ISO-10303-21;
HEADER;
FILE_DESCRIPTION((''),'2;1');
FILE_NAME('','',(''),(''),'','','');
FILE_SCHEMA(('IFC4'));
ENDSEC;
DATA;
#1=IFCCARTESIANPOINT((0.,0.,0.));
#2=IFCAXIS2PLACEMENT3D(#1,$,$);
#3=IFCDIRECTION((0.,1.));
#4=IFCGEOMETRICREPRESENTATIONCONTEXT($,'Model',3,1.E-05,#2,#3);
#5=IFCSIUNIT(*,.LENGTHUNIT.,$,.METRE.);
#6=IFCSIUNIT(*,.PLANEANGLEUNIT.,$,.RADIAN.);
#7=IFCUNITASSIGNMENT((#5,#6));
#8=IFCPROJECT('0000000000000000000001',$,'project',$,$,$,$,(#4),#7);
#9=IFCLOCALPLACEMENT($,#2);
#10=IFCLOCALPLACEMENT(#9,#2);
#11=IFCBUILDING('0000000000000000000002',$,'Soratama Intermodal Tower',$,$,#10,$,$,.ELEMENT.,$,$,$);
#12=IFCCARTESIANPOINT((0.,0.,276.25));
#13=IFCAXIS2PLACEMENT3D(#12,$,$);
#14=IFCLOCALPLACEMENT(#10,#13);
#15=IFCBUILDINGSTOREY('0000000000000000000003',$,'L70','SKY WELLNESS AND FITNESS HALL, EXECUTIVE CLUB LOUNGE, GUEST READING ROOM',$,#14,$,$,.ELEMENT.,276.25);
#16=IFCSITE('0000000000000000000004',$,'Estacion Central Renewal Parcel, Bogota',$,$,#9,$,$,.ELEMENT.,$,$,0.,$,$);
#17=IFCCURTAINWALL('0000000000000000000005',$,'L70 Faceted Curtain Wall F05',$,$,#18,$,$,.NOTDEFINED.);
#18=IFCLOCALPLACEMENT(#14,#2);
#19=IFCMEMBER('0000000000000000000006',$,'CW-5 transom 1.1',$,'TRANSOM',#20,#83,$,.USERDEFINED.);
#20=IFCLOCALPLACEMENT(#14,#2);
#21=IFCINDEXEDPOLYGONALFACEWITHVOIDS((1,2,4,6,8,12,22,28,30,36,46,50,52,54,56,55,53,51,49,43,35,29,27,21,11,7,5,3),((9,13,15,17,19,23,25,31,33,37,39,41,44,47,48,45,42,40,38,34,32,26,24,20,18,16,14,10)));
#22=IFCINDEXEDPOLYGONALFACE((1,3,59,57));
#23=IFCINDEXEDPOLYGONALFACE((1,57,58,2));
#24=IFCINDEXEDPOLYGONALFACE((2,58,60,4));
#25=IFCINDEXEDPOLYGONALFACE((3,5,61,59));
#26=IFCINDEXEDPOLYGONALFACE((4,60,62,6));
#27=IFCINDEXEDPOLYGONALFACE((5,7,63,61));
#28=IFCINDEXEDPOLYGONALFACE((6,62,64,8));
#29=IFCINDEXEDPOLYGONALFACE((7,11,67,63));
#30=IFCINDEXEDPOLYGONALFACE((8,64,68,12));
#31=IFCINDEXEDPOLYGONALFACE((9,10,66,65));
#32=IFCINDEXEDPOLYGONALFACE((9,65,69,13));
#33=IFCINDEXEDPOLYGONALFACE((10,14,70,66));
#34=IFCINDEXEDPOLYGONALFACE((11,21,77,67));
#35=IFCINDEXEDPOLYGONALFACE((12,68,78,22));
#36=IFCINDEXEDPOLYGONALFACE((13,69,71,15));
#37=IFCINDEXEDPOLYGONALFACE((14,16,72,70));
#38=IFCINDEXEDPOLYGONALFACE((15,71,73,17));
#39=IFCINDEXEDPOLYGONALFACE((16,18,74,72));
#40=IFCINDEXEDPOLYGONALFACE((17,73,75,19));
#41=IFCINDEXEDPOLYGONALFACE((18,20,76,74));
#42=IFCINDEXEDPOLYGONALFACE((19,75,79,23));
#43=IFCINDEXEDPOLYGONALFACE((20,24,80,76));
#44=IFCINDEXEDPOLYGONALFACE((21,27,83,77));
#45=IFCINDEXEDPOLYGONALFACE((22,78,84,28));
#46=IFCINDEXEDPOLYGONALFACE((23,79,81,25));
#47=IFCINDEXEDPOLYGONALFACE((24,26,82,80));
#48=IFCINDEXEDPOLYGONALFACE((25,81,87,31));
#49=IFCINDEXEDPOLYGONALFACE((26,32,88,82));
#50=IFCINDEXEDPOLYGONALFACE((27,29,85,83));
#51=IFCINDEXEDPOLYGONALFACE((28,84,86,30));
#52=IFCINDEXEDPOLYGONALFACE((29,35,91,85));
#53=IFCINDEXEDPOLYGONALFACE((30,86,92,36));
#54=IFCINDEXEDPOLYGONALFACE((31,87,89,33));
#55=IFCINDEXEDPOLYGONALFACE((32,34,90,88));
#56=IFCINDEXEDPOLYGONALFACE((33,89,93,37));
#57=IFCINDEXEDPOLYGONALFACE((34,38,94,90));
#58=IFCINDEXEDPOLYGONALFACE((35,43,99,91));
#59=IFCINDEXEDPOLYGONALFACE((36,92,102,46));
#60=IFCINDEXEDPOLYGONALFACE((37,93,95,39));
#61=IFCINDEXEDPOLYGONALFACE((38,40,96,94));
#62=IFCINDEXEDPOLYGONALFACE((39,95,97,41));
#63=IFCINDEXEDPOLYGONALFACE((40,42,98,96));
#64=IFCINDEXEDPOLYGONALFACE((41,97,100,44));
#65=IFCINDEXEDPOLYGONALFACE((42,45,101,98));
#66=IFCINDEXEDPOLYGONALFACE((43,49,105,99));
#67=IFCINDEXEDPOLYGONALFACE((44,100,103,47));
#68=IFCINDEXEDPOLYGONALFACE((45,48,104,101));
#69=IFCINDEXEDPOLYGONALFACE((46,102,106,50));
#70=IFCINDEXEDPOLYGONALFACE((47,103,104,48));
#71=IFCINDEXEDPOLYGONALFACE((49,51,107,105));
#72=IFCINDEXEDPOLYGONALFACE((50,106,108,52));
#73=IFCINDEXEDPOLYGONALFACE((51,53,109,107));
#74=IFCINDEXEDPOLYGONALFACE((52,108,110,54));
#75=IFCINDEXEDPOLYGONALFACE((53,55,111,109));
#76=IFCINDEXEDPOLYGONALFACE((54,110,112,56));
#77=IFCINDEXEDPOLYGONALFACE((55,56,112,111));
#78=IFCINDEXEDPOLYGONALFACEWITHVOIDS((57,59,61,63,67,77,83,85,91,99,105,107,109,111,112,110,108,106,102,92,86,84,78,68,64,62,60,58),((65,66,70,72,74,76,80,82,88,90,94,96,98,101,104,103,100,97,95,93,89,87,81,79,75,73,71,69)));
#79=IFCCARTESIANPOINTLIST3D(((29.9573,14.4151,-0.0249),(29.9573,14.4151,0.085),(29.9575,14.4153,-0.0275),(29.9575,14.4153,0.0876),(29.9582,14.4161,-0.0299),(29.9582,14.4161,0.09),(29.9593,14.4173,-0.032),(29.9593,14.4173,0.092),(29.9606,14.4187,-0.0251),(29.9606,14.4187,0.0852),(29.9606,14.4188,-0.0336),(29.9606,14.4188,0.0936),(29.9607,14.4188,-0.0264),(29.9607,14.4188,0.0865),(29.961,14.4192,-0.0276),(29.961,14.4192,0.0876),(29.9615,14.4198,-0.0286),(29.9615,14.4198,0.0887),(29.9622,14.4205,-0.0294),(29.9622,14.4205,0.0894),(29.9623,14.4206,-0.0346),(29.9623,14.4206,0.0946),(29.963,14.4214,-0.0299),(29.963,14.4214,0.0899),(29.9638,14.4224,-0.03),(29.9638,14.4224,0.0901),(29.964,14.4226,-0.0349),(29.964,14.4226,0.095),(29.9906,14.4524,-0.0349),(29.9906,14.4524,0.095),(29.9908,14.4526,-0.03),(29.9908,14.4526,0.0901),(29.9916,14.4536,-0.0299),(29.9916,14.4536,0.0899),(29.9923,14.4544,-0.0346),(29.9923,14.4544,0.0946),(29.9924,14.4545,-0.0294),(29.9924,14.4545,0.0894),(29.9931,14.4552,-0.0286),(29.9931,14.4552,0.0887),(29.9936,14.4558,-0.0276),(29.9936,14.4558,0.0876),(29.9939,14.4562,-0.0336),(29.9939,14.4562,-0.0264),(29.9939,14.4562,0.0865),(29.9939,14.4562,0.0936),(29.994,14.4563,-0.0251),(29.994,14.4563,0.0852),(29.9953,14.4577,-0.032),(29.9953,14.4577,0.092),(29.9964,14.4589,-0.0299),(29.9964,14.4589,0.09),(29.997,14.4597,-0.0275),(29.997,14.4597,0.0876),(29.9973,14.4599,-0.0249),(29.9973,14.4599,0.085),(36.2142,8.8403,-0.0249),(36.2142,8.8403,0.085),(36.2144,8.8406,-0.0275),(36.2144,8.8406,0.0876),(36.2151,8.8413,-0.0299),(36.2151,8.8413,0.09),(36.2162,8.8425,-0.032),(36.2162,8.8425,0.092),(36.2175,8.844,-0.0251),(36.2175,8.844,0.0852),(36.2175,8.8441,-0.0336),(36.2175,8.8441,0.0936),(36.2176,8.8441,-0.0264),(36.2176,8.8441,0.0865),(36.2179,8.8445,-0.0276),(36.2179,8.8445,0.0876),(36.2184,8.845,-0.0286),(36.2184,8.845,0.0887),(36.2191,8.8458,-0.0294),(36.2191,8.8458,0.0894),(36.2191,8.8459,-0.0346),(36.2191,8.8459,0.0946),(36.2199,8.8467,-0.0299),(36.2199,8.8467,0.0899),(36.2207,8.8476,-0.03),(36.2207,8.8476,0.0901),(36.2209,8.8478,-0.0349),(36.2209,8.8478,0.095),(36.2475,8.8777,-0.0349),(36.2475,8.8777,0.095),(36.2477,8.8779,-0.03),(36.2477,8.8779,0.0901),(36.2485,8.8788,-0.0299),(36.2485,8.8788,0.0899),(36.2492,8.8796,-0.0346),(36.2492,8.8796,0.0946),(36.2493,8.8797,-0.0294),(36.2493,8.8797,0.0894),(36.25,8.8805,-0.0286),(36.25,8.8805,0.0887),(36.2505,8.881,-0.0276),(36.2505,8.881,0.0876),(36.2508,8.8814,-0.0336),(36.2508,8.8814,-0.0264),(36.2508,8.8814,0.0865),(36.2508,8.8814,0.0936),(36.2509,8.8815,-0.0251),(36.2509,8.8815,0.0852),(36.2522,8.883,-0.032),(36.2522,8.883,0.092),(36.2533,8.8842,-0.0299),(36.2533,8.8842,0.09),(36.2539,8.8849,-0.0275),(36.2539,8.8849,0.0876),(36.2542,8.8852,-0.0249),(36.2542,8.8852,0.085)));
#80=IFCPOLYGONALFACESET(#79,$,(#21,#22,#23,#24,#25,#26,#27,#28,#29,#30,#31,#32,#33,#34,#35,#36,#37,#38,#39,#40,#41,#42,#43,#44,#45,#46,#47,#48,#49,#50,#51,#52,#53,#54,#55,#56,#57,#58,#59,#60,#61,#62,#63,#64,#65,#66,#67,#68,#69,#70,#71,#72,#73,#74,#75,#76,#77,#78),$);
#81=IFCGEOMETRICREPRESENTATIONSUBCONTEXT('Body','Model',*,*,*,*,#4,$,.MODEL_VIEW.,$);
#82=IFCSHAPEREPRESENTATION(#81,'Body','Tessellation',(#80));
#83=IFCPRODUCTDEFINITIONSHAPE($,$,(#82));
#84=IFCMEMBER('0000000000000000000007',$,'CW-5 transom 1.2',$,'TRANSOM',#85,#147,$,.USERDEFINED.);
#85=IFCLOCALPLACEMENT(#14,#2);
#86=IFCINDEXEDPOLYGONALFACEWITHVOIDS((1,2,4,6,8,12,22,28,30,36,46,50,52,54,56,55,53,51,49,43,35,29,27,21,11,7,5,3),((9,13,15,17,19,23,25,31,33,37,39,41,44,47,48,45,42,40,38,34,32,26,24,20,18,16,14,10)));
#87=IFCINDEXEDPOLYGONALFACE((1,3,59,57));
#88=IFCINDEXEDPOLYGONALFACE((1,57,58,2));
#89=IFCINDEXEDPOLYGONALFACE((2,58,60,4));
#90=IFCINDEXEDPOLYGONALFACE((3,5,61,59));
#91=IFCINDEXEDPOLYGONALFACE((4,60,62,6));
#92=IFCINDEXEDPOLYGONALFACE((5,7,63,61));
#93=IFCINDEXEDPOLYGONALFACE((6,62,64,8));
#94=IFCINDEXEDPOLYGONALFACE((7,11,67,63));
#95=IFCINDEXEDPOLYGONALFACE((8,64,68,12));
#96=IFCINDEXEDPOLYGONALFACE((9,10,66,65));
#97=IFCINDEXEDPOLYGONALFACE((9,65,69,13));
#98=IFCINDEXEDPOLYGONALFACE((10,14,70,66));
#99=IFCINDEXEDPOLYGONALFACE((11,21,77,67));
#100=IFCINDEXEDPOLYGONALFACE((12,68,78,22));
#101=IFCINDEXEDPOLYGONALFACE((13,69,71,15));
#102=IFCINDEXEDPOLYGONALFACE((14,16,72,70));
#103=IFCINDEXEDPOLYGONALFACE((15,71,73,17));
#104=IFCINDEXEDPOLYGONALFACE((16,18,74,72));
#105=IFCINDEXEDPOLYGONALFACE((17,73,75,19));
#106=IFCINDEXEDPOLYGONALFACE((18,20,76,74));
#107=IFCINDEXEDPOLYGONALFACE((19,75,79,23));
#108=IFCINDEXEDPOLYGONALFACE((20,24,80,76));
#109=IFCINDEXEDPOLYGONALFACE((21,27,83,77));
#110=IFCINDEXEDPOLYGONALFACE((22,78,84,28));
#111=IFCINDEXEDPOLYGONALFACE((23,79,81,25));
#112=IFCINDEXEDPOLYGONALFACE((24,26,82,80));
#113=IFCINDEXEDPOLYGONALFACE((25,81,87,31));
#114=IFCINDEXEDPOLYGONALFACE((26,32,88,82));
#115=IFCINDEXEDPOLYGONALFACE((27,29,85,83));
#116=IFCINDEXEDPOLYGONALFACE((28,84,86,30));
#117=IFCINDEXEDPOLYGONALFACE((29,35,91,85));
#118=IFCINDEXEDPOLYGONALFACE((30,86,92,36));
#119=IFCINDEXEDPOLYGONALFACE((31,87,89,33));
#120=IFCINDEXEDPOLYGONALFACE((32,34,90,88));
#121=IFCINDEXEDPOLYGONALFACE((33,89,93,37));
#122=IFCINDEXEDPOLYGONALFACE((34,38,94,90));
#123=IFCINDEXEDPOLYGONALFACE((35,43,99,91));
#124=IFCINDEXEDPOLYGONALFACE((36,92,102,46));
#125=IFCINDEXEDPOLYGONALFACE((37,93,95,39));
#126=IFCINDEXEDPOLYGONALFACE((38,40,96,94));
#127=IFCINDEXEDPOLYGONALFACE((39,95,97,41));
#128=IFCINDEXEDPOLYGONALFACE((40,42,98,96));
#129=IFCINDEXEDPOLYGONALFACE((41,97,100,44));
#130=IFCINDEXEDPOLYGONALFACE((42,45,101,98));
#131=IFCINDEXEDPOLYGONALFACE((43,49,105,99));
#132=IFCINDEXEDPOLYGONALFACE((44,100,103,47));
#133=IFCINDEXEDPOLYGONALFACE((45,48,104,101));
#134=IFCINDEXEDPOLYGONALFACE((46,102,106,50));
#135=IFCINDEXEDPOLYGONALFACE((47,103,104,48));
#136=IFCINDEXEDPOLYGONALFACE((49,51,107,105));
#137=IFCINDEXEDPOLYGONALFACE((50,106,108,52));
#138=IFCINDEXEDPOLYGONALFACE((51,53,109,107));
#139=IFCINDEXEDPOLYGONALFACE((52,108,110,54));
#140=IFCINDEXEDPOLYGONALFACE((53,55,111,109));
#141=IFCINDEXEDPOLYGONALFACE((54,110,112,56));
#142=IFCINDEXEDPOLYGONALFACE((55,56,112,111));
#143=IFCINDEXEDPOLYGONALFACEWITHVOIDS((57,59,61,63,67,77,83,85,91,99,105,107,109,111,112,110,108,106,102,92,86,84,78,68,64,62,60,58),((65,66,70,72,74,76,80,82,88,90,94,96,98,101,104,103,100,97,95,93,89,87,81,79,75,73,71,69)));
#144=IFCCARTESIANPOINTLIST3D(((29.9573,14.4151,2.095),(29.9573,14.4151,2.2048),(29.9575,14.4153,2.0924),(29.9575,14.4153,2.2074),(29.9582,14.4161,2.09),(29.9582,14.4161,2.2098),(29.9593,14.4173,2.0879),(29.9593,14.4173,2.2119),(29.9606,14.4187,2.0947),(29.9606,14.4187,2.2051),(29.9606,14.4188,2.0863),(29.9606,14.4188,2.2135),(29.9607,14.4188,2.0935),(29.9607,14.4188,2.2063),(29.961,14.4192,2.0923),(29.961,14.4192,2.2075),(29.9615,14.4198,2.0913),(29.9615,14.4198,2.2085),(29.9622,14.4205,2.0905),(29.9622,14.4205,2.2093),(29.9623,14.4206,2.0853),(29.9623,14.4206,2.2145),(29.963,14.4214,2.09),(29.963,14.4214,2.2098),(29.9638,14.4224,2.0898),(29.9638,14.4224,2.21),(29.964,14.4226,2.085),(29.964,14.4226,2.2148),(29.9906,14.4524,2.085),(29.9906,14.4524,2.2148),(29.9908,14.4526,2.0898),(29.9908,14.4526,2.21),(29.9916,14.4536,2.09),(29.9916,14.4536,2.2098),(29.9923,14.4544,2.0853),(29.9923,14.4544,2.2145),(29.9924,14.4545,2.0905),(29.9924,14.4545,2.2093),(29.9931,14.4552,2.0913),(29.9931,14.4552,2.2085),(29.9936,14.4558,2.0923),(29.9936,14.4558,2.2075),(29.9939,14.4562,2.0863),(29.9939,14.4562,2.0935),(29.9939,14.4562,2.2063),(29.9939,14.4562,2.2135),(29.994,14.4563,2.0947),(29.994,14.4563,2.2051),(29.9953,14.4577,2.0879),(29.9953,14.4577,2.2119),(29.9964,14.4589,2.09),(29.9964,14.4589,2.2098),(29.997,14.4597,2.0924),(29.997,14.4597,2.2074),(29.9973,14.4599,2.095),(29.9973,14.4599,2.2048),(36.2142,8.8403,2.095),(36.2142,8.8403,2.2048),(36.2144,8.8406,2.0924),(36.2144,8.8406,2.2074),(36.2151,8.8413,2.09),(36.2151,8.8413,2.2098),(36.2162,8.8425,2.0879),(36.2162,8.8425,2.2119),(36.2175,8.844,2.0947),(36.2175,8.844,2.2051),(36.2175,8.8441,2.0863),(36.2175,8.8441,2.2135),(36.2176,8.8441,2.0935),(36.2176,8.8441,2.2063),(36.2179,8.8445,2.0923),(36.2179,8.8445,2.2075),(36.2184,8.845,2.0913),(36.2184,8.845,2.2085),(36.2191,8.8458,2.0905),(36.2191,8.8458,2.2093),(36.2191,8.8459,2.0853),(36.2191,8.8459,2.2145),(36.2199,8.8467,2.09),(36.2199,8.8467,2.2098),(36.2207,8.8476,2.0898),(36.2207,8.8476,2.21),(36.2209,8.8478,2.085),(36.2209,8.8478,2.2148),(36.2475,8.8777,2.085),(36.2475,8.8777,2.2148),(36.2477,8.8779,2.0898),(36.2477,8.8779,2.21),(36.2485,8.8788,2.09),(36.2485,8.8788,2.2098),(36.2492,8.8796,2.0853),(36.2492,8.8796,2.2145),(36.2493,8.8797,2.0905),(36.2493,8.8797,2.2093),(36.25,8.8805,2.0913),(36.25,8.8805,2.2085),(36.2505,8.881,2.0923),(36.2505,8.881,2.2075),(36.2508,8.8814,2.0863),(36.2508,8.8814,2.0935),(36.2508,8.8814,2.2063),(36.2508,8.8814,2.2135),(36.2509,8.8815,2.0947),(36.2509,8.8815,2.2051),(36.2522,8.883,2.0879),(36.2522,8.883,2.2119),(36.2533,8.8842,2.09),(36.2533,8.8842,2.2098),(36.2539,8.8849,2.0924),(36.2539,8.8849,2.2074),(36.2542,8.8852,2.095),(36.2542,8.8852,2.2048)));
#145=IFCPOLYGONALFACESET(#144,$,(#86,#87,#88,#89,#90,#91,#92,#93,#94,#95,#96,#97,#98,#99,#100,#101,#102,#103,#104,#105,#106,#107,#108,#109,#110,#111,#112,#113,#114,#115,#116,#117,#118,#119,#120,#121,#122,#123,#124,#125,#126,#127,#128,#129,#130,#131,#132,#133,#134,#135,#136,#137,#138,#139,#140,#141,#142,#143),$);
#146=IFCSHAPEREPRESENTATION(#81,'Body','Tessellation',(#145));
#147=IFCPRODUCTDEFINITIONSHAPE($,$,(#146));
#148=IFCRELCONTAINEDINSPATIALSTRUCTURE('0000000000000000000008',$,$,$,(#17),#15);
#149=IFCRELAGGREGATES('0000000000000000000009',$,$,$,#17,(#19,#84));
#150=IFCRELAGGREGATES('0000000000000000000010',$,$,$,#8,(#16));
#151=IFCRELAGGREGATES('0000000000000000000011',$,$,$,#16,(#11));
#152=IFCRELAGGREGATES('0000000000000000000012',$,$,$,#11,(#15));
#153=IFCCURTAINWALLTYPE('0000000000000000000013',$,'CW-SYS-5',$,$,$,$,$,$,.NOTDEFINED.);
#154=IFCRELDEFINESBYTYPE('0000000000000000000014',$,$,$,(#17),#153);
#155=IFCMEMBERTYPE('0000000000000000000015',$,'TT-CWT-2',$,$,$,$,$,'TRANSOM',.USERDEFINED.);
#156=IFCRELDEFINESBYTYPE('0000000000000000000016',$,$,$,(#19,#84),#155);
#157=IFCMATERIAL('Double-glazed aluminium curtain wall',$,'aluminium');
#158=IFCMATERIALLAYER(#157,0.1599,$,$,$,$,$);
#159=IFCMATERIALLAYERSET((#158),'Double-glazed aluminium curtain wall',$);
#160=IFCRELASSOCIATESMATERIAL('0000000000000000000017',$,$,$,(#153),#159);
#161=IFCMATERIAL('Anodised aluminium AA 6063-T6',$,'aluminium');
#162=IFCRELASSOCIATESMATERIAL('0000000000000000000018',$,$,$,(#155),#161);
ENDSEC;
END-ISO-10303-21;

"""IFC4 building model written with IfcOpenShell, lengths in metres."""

from ifc_helpers import new_model, si_unit, direction, frame, origin, origin_2d, place, context, subcontext, project, spatial, hollow_rectangle, extrude, material, layer, layer_set, material_profile, profile_set, type_object, element, aggregate, save


model = new_model("IFC4")

# Units and contexts
model_context = context("Model", 3, precision=1e-05, world=origin(), true_north=direction((0.0, 1.0)))
body_context = subcontext(model_context, "Body", "Model", "MODEL_VIEW")
ifc_project = project(units=[si_unit("LENGTHUNIT", "METRE"), si_unit("PLANEANGLEUNIT", "RADIAN")], contexts=[model_context])

# Site, building, storey
site_placement = place(None, origin())
site = spatial("IfcSite", under=ifc_project, at=site_placement, Name="Estacion Central Renewal Parcel, Bogota", CompositionType="ELEMENT", RefElevation=0.0)
building_placement = place(site_placement, origin())
building = spatial("IfcBuilding", under=site, at=building_placement, Name="Soratama Intermodal Tower", CompositionType="ELEMENT")
storey_placement = place(building_placement, frame((0.0, 0.0, 276.25)))
storey = spatial("IfcBuildingStorey", under=building, at=storey_placement, Name="L70", Description="SKY WELLNESS AND FITNESS HALL, EXECUTIVE CLUB LOUNGE, GUEST READING ROOM", CompositionType="ELEMENT", Elevation=276.25)

# Shared definitions
ifc_material_1 = material(Name="Double-glazed aluminium curtain wall", Category="aluminium")
ifc_layer_1 = layer(ifc_material_1, 0.1599)
ifc_layer_set_1 = layer_set([ifc_layer_1], Name="Double-glazed aluminium curtain wall")
curtain_wall_type = type_object("IfcCurtainWallType", Name="CW-SYS-5", PredefinedType="NOTDEFINED", material=ifc_layer_set_1)

# Curtain wall, members
curtain_wall_1_placement = place(storey_placement, origin())
curtain_wall_1 = element("IfcCurtainWall", 1, at=curtain_wall_1_placement, inside=storey, type_object=curtain_wall_type, Name="L70 Faceted Curtain Wall F05", PredefinedType="NOTDEFINED")
ifc_material_2 = material(Name="Anodised aluminium AA 6063-T6", Category="aluminium")
ifc_material_profile_1 = material_profile(ifc_material_2, hollow_rectangle(XDim=0.0601, YDim=0.1299, WallThickness=0.0049, InnerFilletRadius=0.0049, OuterFilletRadius=0.01, at=origin_2d()), Name="CWT130X60X5")
ifc_profile_set_1 = profile_set([ifc_material_profile_1], Name="Anodised aluminium AA 6063-T6")
member_type_1 = type_object("IfcMemberType", Name="TT-CWT-2", ElementType="TRANSOM", PredefinedType="USERDEFINED", material=ifc_profile_set_1)
member_1_placement = place(storey_placement, frame((29.9773, 14.4375, 0.03), z_axis=(0.746634, -0.665235, 0.0), x_axis=(0.665235, 0.746634, 0.0)))
member_1 = element("IfcMember", 2, at=member_1_placement, type_object=member_type_1, Name="CW-5 transom 1.1", ObjectType="TRANSOM", PredefinedType="USERDEFINED", context=body_context, shape_type="SweptSolid", body=[
    extrude(hollow_rectangle(XDim=0.0601, YDim=0.1299, WallThickness=0.0049, InnerFilletRadius=0.0049, OuterFilletRadius=0.01, at=origin_2d()), origin(), (0.0, 0.0, 1.0), 8.3801),
])
member_2_placement = place(storey_placement, frame((29.9773, 14.4375, 2.1499), z_axis=(0.746634, -0.665235, 0.0), x_axis=(0.665235, 0.746634, 0.0)))
member_2 = element("IfcMember", 3, at=member_2_placement, type_object=member_type_1, Name="CW-5 transom 1.2", ObjectType="TRANSOM", PredefinedType="USERDEFINED", context=body_context, shape_type="SweptSolid", body=[
    extrude(hollow_rectangle(XDim=0.0601, YDim=0.1299, WallThickness=0.0049, InnerFilletRadius=0.0049, OuterFilletRadius=0.01, at=origin_2d()), origin(), (0.0, 0.0, 1.0), 8.3801),
])
aggregate(curtain_wall_1, [member_1, member_2])

save(model, "model.ifc")
